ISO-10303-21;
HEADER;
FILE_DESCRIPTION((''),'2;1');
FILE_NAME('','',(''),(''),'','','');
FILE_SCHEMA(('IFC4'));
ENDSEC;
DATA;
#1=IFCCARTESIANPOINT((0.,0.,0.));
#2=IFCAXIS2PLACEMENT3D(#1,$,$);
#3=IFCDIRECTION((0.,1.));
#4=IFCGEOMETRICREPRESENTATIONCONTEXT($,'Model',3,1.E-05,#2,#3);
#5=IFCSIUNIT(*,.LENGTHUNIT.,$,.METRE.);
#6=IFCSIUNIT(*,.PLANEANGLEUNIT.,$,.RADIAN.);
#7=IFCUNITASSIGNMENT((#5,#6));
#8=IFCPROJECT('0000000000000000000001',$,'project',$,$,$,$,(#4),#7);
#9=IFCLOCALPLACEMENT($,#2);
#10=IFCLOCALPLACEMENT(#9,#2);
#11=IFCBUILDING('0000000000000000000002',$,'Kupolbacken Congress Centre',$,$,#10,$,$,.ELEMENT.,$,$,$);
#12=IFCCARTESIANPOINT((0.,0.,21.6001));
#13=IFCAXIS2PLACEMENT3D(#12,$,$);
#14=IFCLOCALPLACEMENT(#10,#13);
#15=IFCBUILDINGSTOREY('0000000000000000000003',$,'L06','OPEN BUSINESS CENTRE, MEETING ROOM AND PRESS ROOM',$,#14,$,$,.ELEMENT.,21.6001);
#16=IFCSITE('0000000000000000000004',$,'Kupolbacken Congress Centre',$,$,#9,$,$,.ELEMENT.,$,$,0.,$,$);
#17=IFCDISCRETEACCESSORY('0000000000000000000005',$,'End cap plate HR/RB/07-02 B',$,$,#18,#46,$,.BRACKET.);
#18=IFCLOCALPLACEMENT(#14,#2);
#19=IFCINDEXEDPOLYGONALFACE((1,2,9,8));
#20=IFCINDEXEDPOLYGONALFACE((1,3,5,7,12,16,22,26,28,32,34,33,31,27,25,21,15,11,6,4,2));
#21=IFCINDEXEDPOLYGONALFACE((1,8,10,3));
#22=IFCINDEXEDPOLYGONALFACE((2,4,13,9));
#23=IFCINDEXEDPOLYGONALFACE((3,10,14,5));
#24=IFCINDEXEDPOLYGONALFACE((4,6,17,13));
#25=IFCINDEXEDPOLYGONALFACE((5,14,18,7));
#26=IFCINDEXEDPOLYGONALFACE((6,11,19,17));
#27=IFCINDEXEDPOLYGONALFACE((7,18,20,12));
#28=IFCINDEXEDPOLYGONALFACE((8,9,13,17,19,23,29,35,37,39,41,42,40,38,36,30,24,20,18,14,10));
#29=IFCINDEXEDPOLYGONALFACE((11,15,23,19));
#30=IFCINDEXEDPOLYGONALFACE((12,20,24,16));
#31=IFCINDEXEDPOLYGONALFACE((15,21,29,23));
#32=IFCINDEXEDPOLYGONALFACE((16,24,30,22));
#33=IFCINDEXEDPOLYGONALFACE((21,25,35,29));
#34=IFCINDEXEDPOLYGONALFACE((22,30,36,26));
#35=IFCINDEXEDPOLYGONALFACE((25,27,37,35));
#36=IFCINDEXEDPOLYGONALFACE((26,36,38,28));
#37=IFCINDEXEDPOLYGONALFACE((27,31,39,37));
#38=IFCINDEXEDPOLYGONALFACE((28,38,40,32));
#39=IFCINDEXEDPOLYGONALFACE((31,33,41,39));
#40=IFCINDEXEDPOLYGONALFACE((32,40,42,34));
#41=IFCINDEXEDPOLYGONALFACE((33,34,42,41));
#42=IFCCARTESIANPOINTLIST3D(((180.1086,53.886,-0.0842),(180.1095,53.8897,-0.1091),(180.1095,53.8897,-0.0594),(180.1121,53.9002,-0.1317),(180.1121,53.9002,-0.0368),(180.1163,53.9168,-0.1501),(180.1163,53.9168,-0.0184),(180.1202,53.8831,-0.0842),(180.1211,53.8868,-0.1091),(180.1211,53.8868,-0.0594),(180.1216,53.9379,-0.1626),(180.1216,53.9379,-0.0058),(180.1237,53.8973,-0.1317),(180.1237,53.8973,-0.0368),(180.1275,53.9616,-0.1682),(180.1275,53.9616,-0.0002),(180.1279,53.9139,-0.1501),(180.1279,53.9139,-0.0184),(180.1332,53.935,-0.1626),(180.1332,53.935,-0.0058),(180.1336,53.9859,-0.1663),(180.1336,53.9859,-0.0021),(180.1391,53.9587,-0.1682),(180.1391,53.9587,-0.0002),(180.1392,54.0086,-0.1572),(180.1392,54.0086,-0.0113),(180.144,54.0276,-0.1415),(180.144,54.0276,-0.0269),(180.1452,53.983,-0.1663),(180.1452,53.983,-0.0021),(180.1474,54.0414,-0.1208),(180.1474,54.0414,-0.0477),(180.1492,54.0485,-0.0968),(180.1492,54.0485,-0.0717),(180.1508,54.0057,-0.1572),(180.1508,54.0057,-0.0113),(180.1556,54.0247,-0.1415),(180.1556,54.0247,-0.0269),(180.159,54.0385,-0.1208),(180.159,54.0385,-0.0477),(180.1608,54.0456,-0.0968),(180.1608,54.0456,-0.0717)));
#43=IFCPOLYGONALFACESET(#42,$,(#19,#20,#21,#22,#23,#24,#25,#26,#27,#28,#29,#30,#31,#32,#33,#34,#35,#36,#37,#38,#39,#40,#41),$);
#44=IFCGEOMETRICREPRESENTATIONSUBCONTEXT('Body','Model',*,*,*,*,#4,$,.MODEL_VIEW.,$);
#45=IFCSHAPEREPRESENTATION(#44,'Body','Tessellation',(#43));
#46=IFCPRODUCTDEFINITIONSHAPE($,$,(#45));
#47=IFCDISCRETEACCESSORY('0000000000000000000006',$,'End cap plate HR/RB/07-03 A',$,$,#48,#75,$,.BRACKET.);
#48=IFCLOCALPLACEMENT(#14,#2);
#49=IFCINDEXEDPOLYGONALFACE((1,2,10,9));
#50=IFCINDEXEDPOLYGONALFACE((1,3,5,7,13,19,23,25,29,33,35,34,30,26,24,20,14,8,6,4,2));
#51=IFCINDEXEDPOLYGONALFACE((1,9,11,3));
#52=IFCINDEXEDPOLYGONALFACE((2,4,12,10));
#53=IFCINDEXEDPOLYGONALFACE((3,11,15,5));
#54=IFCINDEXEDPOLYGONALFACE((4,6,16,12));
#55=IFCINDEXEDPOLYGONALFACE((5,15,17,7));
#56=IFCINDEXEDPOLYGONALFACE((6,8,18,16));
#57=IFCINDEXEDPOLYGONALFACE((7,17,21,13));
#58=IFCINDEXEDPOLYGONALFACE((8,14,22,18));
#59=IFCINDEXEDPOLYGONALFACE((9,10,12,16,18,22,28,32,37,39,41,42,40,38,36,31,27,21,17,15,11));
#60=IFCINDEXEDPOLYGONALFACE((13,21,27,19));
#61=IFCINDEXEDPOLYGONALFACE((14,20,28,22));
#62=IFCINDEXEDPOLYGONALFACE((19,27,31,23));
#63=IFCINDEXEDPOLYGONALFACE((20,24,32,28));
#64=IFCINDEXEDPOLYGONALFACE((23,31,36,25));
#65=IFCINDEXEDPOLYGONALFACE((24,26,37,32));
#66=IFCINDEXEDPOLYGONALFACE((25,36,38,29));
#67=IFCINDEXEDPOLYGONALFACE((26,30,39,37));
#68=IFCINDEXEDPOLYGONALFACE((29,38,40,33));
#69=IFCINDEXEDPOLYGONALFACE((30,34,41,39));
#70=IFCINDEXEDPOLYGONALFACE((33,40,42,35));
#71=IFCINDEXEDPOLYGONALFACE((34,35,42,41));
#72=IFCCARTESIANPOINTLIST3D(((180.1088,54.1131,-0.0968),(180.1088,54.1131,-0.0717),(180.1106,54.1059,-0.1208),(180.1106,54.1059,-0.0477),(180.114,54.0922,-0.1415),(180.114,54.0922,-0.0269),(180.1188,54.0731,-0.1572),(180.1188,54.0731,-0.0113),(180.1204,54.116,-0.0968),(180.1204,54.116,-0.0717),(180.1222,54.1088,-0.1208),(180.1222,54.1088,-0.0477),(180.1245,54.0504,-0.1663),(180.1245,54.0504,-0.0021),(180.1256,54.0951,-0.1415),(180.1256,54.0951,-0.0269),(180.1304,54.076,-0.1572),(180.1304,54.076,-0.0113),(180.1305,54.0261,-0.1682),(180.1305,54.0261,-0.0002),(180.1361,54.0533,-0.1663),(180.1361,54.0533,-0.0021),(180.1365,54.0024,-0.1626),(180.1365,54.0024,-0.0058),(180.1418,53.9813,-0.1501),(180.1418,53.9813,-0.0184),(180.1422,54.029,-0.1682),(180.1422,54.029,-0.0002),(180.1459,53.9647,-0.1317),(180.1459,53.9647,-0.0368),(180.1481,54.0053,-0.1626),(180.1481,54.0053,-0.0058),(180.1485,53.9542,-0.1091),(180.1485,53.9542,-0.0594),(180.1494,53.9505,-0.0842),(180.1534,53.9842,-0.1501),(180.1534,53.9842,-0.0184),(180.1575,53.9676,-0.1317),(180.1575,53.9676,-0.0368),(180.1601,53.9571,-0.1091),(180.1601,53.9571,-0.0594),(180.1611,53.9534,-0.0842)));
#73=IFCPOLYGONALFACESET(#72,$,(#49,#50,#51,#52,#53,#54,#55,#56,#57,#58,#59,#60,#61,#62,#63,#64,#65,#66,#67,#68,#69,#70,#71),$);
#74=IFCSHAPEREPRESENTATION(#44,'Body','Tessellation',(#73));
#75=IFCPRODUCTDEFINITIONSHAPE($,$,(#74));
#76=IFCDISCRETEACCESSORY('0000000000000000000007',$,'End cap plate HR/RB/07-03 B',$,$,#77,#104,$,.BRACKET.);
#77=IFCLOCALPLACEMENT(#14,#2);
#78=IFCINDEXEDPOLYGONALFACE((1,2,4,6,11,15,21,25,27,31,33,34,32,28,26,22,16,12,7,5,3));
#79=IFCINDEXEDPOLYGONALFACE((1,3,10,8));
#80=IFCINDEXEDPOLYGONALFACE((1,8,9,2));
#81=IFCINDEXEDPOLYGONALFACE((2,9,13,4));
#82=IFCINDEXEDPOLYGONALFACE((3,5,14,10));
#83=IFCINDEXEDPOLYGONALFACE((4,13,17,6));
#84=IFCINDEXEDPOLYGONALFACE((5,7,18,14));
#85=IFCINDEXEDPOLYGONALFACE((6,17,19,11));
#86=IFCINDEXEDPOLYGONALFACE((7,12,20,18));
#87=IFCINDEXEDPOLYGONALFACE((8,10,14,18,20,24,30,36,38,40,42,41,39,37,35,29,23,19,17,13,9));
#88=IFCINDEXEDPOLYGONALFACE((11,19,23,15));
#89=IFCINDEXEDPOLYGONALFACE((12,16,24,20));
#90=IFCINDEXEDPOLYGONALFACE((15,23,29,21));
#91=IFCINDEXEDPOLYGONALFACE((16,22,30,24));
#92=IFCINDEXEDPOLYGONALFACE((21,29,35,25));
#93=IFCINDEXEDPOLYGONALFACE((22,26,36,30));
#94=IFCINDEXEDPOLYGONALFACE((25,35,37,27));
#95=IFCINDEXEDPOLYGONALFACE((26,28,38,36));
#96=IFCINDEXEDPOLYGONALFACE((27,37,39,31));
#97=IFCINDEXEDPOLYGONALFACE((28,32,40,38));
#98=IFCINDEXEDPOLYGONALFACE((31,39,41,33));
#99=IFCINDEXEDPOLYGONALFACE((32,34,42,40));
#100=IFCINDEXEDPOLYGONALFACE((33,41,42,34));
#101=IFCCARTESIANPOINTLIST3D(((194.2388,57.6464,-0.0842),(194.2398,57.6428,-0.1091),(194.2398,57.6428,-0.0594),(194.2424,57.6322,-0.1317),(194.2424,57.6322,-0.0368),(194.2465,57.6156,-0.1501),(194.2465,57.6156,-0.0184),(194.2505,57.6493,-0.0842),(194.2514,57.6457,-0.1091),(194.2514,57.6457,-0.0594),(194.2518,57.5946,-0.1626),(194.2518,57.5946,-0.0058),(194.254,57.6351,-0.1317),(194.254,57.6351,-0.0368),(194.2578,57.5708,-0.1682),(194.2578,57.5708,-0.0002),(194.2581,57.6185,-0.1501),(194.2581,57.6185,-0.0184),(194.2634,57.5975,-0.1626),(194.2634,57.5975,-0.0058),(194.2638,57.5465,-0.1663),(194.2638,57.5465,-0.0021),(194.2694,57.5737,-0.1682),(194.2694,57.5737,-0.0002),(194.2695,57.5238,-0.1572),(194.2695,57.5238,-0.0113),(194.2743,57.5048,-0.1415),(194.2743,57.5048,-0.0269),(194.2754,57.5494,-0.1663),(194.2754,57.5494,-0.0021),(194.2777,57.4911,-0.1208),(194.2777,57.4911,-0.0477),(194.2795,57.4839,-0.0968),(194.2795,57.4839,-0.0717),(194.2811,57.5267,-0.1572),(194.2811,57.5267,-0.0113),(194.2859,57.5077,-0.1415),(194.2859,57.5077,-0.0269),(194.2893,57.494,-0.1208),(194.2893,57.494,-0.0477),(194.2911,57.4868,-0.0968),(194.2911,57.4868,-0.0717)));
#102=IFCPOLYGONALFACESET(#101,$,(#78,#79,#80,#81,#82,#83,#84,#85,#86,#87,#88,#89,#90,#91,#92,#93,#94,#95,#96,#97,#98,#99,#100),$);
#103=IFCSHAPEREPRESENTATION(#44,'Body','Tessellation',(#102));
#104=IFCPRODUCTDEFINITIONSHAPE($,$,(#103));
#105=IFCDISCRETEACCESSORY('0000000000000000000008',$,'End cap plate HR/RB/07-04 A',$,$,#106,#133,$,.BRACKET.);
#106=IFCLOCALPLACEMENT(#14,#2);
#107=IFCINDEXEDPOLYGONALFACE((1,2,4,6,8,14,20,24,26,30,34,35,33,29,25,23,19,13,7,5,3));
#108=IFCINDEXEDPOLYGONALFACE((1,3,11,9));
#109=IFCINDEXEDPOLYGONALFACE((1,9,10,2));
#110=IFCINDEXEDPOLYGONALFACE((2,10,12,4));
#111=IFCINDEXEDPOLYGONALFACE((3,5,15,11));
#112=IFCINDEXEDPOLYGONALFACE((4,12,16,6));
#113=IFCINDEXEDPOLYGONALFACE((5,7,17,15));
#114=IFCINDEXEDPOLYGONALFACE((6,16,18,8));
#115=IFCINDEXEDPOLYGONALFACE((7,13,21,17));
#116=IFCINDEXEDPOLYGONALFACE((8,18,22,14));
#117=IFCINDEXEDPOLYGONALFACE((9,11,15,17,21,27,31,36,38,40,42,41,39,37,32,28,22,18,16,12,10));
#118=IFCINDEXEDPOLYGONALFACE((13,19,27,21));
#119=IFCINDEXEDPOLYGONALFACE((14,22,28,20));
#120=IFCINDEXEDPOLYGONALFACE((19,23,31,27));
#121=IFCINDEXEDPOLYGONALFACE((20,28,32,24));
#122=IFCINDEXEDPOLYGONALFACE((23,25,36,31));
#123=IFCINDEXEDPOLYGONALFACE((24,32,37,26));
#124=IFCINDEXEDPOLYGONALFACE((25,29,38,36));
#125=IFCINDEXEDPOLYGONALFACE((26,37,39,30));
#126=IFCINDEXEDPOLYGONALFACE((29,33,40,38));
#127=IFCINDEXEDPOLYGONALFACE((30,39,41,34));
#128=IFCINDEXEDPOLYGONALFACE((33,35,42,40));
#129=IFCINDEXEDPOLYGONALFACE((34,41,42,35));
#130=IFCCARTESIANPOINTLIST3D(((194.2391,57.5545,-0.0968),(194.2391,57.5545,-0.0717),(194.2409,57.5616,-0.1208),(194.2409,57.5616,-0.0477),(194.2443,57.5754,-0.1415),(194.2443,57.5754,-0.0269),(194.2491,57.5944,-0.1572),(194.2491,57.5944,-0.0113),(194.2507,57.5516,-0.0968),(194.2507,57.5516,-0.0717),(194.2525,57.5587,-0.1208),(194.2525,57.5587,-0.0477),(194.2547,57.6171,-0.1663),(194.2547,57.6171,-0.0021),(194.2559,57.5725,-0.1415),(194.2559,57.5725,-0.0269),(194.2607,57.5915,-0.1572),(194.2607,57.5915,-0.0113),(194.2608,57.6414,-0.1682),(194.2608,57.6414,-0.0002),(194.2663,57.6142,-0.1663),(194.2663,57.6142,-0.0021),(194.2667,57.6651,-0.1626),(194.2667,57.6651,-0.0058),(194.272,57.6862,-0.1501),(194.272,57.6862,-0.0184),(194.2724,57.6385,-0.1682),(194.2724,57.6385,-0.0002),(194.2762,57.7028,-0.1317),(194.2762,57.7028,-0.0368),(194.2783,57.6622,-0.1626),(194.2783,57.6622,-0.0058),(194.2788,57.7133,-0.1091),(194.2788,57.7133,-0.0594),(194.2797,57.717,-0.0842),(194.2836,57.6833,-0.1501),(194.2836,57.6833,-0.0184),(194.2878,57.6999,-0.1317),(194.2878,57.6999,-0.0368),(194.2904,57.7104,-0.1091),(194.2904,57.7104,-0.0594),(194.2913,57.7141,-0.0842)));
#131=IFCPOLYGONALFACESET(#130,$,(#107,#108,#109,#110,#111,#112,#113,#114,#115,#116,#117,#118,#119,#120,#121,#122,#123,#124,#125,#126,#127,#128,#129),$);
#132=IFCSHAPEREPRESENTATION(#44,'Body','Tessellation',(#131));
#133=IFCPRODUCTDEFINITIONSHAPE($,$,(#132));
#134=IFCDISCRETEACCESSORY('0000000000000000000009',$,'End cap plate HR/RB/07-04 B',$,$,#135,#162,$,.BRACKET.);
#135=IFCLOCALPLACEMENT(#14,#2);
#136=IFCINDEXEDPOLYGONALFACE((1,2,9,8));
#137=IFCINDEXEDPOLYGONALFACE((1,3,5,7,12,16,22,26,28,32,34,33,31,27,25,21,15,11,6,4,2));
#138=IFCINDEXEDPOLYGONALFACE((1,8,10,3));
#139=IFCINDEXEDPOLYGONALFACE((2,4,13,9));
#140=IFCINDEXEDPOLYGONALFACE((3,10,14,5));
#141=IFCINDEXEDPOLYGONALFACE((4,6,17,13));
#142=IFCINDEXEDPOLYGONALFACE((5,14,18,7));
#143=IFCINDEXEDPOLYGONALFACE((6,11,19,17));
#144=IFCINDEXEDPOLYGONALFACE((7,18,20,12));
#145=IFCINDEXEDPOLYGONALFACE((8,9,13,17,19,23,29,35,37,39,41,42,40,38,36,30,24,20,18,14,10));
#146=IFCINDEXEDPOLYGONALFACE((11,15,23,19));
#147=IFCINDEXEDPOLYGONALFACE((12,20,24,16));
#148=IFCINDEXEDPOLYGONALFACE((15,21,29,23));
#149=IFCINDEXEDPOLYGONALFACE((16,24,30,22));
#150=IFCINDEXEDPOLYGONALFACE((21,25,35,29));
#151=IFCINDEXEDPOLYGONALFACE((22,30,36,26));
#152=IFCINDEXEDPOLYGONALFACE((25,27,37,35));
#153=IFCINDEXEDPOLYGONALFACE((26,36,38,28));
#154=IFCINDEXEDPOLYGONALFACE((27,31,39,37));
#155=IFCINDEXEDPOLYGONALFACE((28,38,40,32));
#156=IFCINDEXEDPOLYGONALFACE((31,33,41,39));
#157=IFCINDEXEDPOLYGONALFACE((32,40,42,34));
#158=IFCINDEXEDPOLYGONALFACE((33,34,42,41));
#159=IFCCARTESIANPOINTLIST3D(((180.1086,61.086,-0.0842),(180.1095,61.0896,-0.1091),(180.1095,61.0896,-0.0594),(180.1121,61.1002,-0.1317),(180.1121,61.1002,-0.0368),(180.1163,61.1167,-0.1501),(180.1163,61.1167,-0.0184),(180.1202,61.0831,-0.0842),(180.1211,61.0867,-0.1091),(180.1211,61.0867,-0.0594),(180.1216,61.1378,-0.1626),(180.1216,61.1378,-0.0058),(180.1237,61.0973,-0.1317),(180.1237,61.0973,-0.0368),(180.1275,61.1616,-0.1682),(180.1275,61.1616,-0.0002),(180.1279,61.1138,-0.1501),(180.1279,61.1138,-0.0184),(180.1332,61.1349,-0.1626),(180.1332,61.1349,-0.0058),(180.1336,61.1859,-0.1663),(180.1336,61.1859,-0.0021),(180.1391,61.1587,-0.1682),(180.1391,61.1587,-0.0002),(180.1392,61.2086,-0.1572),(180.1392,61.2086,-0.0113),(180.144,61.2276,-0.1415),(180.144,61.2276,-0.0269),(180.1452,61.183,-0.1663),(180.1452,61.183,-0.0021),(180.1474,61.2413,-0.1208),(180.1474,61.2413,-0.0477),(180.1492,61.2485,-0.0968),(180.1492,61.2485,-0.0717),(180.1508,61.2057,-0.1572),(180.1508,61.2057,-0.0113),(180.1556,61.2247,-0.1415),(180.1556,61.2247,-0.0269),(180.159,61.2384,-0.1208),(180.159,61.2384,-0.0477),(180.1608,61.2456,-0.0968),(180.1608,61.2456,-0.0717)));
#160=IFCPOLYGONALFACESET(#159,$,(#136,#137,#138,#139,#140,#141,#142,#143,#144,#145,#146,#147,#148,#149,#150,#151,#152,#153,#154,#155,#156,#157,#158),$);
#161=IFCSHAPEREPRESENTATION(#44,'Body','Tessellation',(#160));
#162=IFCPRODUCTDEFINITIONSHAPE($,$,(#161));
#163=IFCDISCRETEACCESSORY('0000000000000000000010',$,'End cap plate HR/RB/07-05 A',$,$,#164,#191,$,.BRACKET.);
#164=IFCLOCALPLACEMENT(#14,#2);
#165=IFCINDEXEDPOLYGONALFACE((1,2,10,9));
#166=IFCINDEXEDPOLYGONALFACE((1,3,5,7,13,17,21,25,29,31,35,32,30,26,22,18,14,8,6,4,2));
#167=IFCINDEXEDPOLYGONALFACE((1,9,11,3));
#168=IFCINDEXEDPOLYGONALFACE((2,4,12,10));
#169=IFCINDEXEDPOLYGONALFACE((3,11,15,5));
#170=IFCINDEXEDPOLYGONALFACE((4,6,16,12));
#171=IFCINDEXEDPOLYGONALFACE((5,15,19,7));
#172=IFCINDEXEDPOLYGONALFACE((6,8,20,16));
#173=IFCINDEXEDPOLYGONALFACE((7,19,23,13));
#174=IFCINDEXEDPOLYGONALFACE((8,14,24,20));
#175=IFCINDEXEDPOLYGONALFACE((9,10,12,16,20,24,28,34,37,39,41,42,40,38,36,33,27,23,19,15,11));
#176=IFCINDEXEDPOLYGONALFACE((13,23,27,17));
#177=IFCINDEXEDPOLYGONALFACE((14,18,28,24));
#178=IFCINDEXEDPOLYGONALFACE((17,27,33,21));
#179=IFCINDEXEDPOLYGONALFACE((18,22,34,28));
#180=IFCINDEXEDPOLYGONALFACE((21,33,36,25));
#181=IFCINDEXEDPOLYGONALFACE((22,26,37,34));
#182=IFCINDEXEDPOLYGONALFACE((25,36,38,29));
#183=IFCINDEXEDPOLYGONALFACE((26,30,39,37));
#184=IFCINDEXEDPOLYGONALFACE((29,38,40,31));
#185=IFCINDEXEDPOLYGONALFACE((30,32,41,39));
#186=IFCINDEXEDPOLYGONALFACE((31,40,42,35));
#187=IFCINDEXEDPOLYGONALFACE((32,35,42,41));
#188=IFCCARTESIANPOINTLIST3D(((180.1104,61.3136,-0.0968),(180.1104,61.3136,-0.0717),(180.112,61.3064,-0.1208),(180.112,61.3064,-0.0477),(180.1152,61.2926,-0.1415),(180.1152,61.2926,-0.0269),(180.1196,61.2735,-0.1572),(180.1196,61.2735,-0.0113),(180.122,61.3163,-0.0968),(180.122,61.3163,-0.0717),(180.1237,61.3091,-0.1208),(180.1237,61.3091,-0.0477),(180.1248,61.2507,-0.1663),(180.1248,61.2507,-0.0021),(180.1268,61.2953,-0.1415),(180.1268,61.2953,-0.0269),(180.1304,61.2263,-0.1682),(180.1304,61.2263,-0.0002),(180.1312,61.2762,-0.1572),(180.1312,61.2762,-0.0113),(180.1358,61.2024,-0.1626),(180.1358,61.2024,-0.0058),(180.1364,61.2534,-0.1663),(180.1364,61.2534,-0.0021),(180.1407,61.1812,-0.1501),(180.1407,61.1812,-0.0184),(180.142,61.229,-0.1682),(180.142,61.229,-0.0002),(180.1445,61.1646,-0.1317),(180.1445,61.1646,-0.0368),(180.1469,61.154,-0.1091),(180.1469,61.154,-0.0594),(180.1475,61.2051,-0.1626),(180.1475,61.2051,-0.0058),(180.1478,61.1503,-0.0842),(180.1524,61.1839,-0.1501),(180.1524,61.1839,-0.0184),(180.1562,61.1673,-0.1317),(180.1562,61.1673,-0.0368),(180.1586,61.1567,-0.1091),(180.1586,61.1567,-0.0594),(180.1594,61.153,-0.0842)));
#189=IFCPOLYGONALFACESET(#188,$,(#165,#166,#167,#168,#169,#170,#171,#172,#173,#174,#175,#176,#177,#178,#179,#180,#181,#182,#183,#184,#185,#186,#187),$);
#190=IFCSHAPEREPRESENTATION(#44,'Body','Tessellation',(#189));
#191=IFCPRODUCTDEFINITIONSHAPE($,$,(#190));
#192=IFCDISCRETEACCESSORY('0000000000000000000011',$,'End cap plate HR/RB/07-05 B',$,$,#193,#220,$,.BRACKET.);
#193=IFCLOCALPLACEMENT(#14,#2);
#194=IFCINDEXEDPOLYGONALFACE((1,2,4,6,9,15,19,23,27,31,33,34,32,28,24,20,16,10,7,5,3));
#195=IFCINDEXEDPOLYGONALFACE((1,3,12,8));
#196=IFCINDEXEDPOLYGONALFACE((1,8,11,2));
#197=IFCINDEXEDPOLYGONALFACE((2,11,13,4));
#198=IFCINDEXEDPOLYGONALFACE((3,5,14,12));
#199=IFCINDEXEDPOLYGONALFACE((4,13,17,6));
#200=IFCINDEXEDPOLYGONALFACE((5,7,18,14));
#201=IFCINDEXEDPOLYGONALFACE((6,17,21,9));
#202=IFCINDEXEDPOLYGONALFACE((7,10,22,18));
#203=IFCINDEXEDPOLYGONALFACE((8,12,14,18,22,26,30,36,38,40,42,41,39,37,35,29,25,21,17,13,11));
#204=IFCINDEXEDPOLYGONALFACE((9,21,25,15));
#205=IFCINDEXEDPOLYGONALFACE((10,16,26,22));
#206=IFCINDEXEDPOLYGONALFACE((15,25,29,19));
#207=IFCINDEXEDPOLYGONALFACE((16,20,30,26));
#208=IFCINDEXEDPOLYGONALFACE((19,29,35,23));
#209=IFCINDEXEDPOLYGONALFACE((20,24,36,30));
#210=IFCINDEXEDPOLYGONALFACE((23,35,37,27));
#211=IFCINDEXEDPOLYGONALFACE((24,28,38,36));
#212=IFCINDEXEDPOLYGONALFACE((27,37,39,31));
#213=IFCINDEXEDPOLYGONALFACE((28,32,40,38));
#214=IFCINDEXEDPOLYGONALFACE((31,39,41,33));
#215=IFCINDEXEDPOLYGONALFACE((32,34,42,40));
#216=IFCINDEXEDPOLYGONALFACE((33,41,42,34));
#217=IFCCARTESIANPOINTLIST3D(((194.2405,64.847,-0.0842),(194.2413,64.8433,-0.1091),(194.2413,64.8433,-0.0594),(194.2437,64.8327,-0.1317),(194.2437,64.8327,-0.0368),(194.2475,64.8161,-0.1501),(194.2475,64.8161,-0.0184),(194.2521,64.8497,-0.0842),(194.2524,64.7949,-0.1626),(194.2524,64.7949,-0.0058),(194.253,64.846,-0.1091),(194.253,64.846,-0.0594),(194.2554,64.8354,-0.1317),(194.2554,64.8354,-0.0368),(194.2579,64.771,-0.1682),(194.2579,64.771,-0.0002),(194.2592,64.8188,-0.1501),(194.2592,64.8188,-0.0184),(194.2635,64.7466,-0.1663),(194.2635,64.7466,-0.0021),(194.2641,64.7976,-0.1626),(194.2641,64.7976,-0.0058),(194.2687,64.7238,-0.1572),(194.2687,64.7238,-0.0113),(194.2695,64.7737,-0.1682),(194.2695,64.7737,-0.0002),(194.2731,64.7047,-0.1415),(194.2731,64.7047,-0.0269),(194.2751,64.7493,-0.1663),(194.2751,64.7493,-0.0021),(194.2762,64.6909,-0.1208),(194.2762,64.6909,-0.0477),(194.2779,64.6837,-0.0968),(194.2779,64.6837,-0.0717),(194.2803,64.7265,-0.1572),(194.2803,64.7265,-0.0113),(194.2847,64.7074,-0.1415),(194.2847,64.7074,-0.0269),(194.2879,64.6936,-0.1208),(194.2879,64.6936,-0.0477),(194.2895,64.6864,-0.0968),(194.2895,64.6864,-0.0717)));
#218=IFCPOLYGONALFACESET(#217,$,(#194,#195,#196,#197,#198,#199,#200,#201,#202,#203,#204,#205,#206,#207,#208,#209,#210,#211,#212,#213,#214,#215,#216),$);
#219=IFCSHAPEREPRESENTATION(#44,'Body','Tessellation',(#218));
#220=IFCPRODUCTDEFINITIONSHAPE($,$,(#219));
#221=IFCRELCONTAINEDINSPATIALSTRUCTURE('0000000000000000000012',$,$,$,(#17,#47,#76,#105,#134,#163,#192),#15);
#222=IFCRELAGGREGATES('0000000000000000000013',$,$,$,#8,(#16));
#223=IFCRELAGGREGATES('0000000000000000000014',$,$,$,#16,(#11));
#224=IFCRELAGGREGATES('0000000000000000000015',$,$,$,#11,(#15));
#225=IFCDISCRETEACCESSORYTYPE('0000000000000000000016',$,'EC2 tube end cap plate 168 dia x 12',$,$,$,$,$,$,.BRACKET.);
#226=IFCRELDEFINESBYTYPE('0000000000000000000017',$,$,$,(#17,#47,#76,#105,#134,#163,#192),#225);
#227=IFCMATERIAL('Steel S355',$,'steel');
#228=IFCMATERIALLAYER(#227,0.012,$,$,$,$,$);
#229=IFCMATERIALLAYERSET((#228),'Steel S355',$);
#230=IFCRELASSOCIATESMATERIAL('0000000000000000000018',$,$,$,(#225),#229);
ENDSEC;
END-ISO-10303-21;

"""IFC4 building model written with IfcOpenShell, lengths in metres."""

from ifc_helpers import new_model, si_unit, direction, frame, origin, origin_2d, place, context, subcontext, project, spatial, circle, extrude, material, layer, layer_set, type_object, element, save


model = new_model("IFC4")

# Units and contexts
model_context = context("Model", 3, precision=1e-05, world=origin(), true_north=direction((0.0, 1.0)))
body_context = subcontext(model_context, "Body", "Model", "MODEL_VIEW")
ifc_project = project(units=[si_unit("LENGTHUNIT", "METRE"), si_unit("PLANEANGLEUNIT", "RADIAN")], contexts=[model_context])

# Site, building, storey
site_placement = place(None, origin())
site = spatial("IfcSite", under=ifc_project, at=site_placement, Name="Kupolbacken Congress Centre", CompositionType="ELEMENT", RefElevation=0.0)
building_placement = place(site_placement, origin())
building = spatial("IfcBuilding", under=site, at=building_placement, Name="Kupolbacken Congress Centre", CompositionType="ELEMENT")
storey_placement = place(building_placement, frame((0.0, 0.0, 21.6001)))
storey = spatial("IfcBuildingStorey", under=building, at=storey_placement, Name="L06", Description="OPEN BUSINESS CENTRE, MEETING ROOM AND PRESS ROOM", CompositionType="ELEMENT", Elevation=21.6001)

# Discrete accessories
ifc_material_1 = material(Name="Steel S355", Category="steel")
ifc_layer_1 = layer(ifc_material_1, 0.012)
ifc_layer_set_1 = layer_set([ifc_layer_1], Name="Steel S355")
discrete_accessory_type = type_object("IfcDiscreteAccessoryType", Name="EC2 tube end cap plate 168 dia x 12", PredefinedType="BRACKET", material=ifc_layer_set_1)
for number, where, z_axis, x_axis, name in (
    (1, (180.1406, 53.9648, -0.0842), (-0.970143, 0.242536, 0.0), (-0.242536, -0.970143, 0.0), "End cap plate HR/RB/07-02 B"),
    (2, (180.1406, 54.0352, -0.0842), (-0.970143, -0.242536, 0.0), (0.242536, -0.970143, 0.0), "End cap plate HR/RB/07-03 A"),
    (3, (194.2593, 57.5647, -0.0842), (0.970143, 0.242536, 0.0), (-0.242536, 0.970143, 0.0), "End cap plate HR/RB/07-03 B"),
    (4, (194.2593, 57.6353, -0.0842), (0.970143, -0.242536, 0.0), (0.242536, 0.970143, 0.0), "End cap plate HR/RB/07-04 A"),
    (5, (180.1406, 61.1648, -0.0842), (-0.970143, 0.242536, 0.0), (-0.242536, -0.970143, 0.0), "End cap plate HR/RB/07-04 B"),
    (6, (180.1406, 61.2351, -0.0842), (-0.974732, -0.223376, 0.0), (0.223376, -0.974732, 0.0), "End cap plate HR/RB/07-05 A"),
    (7, (194.2593, 64.7649, -0.0842), (0.974732, 0.223376, 0.0), (-0.223376, 0.974732, 0.0), "End cap plate HR/RB/07-05 B"),
):
    element("IfcDiscreteAccessory", number, at=place(storey_placement, frame(where, z_axis=z_axis, x_axis=x_axis)), inside=storey, type_object=discrete_accessory_type, Name=name, PredefinedType="BRACKET", context=body_context, shape_type="SweptSolid", body=[
        extrude(circle(Radius=0.0842, at=origin_2d()), origin(), (0.0, 0.0, 1.0), 0.012),
    ])

save(model, "model.ifc")
